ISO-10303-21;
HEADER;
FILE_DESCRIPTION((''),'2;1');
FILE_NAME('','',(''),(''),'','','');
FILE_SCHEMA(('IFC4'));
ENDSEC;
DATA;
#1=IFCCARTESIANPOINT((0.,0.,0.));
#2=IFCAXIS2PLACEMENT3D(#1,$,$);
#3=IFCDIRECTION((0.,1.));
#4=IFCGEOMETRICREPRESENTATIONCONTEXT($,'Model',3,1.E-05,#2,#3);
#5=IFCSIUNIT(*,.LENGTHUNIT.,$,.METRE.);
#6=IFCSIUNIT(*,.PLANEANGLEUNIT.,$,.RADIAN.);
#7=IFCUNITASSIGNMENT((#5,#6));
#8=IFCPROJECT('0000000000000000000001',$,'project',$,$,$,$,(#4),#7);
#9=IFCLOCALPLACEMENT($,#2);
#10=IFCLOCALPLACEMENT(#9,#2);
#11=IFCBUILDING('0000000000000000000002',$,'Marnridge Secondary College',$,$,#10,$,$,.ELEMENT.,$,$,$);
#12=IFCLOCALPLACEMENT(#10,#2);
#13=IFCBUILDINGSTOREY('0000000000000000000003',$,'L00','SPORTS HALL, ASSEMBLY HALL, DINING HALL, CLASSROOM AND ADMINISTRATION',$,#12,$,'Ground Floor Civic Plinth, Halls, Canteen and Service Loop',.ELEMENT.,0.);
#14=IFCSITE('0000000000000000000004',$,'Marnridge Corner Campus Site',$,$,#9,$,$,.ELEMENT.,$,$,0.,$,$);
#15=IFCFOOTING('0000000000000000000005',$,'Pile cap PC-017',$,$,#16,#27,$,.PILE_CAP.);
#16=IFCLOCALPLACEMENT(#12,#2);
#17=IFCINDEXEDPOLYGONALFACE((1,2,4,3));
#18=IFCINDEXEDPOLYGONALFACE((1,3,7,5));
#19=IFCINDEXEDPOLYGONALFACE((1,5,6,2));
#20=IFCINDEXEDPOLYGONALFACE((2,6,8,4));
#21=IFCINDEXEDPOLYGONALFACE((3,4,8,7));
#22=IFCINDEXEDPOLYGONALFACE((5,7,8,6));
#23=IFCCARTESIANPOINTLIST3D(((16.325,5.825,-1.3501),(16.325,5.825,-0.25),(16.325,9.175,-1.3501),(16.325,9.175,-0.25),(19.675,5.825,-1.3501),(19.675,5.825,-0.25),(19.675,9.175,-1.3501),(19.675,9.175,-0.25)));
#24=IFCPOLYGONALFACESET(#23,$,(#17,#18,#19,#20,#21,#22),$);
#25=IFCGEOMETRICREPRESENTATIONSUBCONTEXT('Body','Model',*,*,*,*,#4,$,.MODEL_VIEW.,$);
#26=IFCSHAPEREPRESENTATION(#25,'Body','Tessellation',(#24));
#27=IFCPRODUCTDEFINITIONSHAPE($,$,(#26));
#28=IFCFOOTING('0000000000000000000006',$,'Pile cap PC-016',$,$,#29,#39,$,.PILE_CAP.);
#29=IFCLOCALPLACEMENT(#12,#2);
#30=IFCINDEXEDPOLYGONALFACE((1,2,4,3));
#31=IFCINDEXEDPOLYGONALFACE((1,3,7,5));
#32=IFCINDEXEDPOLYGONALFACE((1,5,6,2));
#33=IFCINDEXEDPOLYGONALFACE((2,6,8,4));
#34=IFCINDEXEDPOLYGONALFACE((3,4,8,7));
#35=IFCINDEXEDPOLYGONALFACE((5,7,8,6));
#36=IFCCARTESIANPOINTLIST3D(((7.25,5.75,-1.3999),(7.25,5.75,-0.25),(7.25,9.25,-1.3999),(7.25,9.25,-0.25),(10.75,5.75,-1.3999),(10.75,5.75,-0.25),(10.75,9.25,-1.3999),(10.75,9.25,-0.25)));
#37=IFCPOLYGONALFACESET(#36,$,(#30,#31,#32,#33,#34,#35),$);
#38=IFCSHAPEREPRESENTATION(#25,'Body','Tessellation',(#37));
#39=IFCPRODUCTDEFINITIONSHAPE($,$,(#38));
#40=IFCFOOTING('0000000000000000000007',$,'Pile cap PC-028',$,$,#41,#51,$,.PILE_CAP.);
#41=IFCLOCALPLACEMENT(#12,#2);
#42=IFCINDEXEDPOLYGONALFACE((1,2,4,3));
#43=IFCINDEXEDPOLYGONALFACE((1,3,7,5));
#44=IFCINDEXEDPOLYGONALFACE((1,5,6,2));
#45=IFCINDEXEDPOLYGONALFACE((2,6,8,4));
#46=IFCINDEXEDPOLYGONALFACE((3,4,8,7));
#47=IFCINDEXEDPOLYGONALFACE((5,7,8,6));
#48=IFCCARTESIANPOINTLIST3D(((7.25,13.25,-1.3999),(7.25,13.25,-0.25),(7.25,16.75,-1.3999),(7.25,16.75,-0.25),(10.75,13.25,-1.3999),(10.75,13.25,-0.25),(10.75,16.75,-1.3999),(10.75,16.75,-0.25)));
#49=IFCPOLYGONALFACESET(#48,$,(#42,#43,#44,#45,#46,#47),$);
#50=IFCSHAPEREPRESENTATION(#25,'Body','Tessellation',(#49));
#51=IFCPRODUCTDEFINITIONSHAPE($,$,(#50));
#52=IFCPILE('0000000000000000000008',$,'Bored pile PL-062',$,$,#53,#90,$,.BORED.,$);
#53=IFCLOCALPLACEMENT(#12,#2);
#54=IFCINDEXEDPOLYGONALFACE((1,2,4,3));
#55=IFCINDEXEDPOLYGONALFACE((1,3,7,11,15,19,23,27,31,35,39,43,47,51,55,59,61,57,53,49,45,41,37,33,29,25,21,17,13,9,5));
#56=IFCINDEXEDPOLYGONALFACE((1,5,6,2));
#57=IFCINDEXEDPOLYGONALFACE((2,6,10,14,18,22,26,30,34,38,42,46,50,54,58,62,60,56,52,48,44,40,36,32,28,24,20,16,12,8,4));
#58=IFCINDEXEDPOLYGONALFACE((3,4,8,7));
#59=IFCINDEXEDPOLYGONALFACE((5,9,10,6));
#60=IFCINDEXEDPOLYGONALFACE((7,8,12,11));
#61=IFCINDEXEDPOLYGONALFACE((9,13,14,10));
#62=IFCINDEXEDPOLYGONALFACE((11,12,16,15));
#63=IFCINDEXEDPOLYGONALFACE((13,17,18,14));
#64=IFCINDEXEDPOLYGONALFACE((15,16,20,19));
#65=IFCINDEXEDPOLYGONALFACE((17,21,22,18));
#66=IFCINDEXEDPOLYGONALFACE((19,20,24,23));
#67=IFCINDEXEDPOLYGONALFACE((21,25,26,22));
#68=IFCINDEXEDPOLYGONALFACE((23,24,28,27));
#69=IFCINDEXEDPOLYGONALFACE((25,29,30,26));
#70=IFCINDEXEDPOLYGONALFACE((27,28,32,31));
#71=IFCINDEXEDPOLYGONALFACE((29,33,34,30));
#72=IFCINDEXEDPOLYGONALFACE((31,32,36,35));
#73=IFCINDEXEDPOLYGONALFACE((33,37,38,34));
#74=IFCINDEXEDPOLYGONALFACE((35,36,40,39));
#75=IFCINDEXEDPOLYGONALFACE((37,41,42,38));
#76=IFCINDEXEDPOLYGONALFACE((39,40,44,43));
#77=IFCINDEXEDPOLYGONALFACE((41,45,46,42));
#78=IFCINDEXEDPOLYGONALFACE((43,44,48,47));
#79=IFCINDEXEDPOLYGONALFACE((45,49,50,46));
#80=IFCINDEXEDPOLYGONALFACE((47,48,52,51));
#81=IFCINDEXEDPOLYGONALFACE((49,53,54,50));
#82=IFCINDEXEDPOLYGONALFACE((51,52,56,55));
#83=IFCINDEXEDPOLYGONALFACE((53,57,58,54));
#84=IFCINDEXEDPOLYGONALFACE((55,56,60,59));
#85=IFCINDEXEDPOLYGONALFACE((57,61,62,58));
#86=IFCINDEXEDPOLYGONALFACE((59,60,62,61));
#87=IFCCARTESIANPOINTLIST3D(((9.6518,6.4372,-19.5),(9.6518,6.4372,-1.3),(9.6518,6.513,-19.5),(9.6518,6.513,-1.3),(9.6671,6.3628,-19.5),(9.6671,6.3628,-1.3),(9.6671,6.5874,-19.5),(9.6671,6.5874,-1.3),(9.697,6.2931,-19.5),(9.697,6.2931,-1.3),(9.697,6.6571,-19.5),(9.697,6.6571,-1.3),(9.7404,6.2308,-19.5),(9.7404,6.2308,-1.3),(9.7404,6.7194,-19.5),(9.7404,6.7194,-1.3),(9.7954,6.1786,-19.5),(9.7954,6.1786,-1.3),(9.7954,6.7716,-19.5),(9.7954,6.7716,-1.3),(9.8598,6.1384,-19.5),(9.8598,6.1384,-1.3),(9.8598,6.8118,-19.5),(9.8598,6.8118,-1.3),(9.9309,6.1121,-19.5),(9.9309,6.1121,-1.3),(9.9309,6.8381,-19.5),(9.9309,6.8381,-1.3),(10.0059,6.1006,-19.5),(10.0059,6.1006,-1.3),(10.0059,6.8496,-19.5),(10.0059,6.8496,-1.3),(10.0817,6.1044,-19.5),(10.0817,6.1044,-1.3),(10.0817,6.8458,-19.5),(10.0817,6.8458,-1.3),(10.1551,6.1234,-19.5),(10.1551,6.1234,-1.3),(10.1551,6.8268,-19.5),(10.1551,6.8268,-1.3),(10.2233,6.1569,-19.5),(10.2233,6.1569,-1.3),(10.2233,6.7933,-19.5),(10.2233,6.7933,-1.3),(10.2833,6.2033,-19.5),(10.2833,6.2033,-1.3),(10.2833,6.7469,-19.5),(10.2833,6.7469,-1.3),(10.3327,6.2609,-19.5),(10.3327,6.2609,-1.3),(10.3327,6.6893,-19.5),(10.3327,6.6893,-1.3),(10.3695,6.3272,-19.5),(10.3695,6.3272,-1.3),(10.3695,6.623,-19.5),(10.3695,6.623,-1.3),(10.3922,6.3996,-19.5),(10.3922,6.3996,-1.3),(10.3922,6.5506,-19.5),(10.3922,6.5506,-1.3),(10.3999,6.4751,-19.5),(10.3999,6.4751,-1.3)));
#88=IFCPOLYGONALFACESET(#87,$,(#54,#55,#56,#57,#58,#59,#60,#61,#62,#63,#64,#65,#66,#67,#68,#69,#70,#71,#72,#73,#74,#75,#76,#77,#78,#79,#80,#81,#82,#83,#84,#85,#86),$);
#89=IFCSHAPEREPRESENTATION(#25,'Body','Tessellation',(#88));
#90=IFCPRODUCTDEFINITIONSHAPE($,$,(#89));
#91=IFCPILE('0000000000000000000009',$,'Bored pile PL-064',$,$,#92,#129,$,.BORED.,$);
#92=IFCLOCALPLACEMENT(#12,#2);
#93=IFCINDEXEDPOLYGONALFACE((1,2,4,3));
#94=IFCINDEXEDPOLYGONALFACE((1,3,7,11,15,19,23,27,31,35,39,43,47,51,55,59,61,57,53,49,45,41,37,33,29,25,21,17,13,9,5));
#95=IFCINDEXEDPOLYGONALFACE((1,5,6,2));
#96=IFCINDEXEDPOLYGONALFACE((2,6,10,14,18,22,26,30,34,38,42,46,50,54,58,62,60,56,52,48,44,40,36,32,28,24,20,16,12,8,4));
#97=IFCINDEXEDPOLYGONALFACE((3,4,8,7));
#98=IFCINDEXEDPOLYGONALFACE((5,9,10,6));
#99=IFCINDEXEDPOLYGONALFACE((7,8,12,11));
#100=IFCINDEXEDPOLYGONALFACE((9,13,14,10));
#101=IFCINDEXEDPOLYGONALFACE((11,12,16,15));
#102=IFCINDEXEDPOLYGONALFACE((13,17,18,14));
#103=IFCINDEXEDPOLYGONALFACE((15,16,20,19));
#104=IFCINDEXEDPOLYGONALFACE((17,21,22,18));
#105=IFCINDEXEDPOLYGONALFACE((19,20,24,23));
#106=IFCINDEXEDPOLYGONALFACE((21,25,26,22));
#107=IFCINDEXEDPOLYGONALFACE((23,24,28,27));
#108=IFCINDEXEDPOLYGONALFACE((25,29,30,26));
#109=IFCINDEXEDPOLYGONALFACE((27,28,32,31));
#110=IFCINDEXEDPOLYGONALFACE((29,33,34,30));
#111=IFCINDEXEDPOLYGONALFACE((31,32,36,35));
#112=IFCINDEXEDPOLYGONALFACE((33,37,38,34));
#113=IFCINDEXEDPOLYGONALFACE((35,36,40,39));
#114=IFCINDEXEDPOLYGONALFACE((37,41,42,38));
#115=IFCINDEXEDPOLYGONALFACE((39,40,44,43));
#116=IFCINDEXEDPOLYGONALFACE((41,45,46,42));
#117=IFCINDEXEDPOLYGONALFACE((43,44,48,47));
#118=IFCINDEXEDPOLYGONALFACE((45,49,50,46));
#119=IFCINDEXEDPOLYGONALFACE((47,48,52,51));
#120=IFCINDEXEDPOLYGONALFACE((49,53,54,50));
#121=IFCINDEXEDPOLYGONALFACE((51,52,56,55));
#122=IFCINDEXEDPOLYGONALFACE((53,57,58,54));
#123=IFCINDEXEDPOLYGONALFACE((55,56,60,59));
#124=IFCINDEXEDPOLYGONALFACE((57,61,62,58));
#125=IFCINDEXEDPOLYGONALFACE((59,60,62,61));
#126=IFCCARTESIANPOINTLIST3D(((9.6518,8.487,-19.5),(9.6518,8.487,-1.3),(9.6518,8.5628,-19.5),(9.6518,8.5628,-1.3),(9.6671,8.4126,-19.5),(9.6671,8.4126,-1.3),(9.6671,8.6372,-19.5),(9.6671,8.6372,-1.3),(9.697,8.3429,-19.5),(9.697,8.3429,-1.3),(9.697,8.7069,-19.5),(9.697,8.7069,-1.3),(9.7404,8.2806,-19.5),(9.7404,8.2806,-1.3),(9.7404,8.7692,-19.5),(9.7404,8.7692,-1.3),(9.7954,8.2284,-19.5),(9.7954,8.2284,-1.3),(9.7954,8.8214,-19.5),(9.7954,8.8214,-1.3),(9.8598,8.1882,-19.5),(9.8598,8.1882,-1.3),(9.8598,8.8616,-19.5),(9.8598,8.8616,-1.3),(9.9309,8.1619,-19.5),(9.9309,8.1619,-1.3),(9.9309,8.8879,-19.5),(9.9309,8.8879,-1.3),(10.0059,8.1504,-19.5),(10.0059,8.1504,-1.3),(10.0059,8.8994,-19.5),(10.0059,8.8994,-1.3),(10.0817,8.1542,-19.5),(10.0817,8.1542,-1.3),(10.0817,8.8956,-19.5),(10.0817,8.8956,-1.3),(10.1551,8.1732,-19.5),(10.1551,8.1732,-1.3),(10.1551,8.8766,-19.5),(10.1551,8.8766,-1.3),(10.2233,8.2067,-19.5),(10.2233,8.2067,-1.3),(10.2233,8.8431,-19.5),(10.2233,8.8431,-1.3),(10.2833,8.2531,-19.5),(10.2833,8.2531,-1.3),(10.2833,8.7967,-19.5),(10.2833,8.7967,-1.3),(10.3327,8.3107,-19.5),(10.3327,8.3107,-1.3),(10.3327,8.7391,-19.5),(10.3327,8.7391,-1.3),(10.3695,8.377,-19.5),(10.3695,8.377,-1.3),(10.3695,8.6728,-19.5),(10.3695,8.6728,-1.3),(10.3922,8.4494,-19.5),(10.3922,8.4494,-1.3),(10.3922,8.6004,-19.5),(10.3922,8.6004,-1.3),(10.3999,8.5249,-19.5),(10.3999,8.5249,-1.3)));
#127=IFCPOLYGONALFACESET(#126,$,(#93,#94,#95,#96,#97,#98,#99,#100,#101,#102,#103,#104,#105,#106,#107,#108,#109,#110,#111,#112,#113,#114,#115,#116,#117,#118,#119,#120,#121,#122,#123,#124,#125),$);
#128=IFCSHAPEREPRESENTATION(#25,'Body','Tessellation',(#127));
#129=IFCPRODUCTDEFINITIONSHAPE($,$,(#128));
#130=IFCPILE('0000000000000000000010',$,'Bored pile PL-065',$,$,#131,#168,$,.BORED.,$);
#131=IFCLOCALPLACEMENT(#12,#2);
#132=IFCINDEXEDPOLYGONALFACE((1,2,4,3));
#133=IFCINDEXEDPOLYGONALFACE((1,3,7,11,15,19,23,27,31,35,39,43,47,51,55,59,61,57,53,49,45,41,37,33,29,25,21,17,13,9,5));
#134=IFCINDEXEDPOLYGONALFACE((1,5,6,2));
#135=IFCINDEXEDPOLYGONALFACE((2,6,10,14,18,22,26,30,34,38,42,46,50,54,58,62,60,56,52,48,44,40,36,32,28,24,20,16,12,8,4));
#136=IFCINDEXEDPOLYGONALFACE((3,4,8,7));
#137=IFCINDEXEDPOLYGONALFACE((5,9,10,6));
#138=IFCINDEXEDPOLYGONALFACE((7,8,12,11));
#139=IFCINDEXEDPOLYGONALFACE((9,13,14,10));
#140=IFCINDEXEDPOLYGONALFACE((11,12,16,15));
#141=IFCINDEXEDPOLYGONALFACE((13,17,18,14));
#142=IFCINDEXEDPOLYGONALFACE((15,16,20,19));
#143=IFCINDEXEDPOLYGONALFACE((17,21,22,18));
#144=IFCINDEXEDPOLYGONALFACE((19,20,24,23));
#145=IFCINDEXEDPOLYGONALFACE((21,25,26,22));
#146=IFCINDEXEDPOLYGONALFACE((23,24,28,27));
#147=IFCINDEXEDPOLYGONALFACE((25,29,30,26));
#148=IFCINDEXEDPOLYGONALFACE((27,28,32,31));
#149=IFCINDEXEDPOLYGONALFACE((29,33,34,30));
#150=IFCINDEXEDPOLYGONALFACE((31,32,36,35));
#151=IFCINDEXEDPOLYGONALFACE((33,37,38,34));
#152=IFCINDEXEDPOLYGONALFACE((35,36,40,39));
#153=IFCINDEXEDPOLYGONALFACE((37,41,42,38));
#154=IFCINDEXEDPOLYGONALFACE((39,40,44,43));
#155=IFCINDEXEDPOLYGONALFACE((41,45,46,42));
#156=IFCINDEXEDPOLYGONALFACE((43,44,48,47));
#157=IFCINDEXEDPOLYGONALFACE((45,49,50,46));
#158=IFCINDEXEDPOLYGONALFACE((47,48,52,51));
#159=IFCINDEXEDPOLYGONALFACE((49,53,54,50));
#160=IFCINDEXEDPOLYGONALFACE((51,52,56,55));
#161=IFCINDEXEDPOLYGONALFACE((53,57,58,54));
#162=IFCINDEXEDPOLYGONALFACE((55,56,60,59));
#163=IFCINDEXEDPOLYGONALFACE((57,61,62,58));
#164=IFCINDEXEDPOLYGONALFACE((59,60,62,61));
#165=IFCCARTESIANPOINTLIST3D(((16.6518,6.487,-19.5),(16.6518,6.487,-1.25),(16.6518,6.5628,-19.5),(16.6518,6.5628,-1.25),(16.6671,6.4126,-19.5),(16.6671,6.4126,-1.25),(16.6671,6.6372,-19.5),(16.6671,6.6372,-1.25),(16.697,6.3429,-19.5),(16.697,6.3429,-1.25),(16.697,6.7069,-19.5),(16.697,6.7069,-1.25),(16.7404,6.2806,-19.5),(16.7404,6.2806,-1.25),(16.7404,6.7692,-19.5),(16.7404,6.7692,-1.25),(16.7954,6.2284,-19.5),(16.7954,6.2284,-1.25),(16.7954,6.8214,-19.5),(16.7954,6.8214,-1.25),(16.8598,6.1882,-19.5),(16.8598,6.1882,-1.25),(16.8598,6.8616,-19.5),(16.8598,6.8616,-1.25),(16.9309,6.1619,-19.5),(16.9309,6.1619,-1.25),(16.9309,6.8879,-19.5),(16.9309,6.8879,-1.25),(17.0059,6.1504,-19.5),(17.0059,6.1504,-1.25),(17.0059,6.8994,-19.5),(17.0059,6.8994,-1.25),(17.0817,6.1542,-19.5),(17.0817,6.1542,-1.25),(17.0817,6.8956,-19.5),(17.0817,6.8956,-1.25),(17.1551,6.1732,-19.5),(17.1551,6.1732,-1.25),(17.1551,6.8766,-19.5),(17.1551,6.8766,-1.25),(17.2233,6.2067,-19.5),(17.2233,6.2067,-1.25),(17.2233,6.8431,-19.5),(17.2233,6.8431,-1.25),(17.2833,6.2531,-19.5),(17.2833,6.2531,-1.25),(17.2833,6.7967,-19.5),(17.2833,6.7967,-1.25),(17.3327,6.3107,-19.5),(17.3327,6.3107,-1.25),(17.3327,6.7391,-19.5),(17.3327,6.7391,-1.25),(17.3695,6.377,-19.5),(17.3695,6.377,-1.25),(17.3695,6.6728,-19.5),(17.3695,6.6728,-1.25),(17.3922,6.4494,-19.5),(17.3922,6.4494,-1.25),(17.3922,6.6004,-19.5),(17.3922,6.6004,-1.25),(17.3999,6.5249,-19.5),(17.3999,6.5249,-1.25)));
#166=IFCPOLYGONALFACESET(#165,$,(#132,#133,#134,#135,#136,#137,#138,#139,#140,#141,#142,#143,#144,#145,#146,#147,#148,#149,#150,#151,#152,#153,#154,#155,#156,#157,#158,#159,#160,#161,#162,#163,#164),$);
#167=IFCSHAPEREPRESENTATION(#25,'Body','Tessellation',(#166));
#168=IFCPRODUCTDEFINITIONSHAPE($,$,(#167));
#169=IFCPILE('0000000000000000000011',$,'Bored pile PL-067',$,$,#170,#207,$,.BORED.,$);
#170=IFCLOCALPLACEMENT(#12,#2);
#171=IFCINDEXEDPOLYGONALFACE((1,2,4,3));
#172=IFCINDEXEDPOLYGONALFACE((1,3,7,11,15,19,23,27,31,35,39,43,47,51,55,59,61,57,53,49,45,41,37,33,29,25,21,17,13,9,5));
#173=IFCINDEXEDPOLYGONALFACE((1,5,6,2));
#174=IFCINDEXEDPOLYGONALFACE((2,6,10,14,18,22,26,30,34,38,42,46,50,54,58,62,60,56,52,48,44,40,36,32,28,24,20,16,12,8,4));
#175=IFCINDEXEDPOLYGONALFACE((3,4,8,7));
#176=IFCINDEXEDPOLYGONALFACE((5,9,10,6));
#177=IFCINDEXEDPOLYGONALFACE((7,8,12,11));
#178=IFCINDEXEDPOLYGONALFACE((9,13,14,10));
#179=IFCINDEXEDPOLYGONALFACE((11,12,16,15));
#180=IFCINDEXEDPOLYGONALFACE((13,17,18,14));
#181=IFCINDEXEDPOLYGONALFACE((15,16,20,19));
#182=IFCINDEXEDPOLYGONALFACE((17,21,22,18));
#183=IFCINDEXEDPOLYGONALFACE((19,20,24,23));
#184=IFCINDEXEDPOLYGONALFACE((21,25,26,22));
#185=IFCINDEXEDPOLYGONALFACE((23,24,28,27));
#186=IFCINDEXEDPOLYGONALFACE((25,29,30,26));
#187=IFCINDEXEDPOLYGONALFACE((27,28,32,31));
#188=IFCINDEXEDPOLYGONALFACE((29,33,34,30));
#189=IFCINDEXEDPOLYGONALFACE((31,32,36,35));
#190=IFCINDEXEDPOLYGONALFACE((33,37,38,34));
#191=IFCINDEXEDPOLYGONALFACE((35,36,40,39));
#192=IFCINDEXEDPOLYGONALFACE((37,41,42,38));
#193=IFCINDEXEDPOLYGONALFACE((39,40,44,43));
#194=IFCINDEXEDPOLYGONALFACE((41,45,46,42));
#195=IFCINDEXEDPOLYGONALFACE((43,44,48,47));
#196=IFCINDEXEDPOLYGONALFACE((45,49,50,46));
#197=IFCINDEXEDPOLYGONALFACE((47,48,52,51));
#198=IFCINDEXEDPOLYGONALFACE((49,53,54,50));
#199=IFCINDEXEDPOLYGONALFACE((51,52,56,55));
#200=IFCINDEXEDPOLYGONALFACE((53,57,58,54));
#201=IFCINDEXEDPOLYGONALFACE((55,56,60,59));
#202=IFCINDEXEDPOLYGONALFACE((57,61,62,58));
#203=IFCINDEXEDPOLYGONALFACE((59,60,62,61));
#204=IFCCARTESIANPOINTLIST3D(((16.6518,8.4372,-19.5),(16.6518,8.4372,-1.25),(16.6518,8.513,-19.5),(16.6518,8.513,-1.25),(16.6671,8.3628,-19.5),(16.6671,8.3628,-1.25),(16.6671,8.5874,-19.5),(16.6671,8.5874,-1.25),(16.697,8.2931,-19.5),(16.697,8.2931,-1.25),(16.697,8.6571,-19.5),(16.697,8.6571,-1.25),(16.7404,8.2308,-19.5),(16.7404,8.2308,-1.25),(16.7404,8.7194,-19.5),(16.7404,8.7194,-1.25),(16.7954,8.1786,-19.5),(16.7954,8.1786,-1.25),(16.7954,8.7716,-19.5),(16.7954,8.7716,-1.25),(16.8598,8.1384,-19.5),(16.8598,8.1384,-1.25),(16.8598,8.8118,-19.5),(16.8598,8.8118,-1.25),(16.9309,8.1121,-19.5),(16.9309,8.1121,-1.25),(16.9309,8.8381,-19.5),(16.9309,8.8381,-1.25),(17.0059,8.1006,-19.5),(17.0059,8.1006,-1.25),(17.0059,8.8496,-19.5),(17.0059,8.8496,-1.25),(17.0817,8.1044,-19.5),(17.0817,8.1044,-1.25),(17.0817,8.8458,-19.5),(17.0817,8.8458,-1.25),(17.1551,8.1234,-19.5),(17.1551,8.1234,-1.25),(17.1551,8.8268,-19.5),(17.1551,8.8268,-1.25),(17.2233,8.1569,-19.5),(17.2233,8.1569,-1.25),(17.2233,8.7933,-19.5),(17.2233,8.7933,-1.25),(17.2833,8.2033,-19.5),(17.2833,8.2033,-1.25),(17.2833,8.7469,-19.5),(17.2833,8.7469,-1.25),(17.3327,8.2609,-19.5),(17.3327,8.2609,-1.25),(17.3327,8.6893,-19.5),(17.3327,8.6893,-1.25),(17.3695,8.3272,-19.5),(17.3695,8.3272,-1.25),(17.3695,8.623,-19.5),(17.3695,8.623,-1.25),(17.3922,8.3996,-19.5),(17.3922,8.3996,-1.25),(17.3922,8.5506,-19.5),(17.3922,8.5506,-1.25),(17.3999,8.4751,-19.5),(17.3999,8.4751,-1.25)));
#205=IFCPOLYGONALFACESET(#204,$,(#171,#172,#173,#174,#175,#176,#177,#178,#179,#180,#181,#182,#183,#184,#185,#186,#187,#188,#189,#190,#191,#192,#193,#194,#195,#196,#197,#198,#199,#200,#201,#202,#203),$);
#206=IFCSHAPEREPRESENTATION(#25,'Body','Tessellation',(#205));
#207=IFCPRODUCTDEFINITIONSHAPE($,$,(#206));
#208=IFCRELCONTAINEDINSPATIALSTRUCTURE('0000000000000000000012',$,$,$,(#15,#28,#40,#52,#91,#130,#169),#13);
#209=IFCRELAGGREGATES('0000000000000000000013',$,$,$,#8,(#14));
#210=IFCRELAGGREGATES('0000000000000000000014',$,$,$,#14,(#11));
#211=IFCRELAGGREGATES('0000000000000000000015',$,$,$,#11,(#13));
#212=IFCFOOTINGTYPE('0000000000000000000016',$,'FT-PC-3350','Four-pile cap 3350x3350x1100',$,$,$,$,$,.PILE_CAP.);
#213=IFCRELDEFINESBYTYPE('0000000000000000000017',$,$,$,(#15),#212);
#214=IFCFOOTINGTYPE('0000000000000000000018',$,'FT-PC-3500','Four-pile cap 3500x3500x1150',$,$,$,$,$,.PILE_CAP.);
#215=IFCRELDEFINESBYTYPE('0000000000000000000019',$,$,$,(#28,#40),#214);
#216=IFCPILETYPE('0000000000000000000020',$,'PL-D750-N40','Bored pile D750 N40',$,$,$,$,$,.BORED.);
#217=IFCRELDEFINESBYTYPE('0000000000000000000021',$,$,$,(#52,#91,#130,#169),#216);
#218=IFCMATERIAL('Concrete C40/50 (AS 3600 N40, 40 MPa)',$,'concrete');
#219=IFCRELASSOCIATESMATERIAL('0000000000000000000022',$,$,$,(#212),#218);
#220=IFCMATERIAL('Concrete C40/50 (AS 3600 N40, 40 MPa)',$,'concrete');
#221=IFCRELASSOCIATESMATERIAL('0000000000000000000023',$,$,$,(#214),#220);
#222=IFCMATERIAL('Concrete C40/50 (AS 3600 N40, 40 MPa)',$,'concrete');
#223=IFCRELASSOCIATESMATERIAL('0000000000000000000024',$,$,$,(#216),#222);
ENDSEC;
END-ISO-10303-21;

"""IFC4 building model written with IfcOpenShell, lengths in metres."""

from ifc_helpers import new_model, si_unit, direction, frame, origin, origin_2d, place, context, subcontext, project, spatial, rectangle, circle, extrude, material, material_profile, profile_set, type_object, element, save


model = new_model("IFC4")

# Units and contexts
model_context = context("Model", 3, precision=1e-05, world=origin(), true_north=direction((0.0, 1.0)))
body_context = subcontext(model_context, "Body", "Model", "MODEL_VIEW")
ifc_project = project(units=[si_unit("LENGTHUNIT", "METRE"), si_unit("PLANEANGLEUNIT", "RADIAN")], contexts=[model_context])

# Site, building, storey
site_placement = place(None, origin())
site = spatial("IfcSite", under=ifc_project, at=site_placement, Name="Marnridge Corner Campus Site", CompositionType="ELEMENT", RefElevation=0.0)
building_placement = place(site_placement, origin())
building = spatial("IfcBuilding", under=site, at=building_placement, Name="Marnridge Secondary College", CompositionType="ELEMENT")
storey_placement = place(building_placement, origin())
storey = spatial("IfcBuildingStorey", under=building, at=storey_placement, Name="L00", Description="SPORTS HALL, ASSEMBLY HALL, DINING HALL, CLASSROOM AND ADMINISTRATION", LongName="Ground Floor Civic Plinth, Halls, Canteen and Service Loop", CompositionType="ELEMENT", Elevation=0.0)

# Footings
ifc_material_1 = material(Name="Concrete C40/50 (AS 3600 N40, 40 MPa)", Category="concrete")
footing_type_1 = type_object("IfcFootingType", Name="FT-PC-3350", Description="Four-pile cap 3350x3350x1100", PredefinedType="PILE_CAP", material=ifc_material_1)
footing_placement = place(storey_placement, frame((18.0, 7.5, -1.3501), z_axis=(0.0, 0.0, 1.0), x_axis=(1.0, 0.0, 0.0)))
element("IfcFooting", 1, at=footing_placement, inside=storey, type_object=footing_type_1, Name="Pile cap PC-017", PredefinedType="PILE_CAP", context=body_context, shape_type="SweptSolid", body=[
    extrude(rectangle(XDim=3.3501, YDim=3.3501, at=origin_2d()), origin(), (0.0, 0.0, 1.0), 1.1001),
])
ifc_material_2 = material(Name="Concrete C40/50 (AS 3600 N40, 40 MPa)", Category="concrete")
footing_type_2 = type_object("IfcFootingType", Name="FT-PC-3500", Description="Four-pile cap 3500x3500x1150", PredefinedType="PILE_CAP", material=ifc_material_2)
for number, where, z_axis, x_axis, name in (
    (2, (9.0, 7.5, -1.3999), (0.0, 0.0, 1.0), (1.0, 0.0, 0.0), "Pile cap PC-016"),
    (3, (9.0, 15.0, -1.3999), (0.0, 0.0, 1.0), (1.0, 0.0, 0.0), "Pile cap PC-028"),
):
    element("IfcFooting", number, at=place(storey_placement, frame(where, z_axis=z_axis, x_axis=x_axis)), inside=storey, type_object=footing_type_2, Name=name, PredefinedType="PILE_CAP", context=body_context, shape_type="SweptSolid", body=[
        extrude(rectangle(XDim=3.5, YDim=3.5, at=origin_2d()), origin(), (0.0, 0.0, 1.0), 1.1499),
    ])

# Piles
ifc_material_3 = material(Name="Concrete C40/50 (AS 3600 N40, 40 MPa)", Category="concrete")
ifc_material_profile_1 = material_profile(ifc_material_3, circle(Radius=0.375, at=origin_2d()), Name="PILE D750")
ifc_profile_set_1 = profile_set([ifc_material_profile_1], Name="Concrete C40/50 (AS 3600 N40, 40 MPa)")
pile_type = type_object("IfcPileType", Name="PL-D750-N40", Description="Bored pile D750 N40", PredefinedType="BORED", material=ifc_profile_set_1)
for number, where, z_axis, x_axis, name in (
    (4, (10.0249, 6.4751, -1.3), (0.0, 0.0, -1.0), (1.0, 0.0, 0.0), "Bored pile PL-062"),
    (5, (10.0249, 8.5249, -1.3), (0.0, 0.0, -1.0), (1.0, 0.0, 0.0), "Bored pile PL-064"),
):
    element("IfcPile", number, at=place(storey_placement, frame(where, z_axis=z_axis, x_axis=x_axis)), inside=storey, type_object=pile_type, Name=name, PredefinedType="BORED", context=body_context, shape_type="SweptSolid", body=[
        extrude(circle(Radius=0.375, at=origin_2d()), origin(), (0.0, 0.0, 1.0), 18.2),
    ])
for number, where, z_axis, x_axis, name in (
    (6, (17.0249, 6.5249, -1.25), (0.0, 0.0, -1.0), (1.0, 0.0, 0.0), "Bored pile PL-065"),
    (7, (17.0249, 8.4751, -1.25), (0.0, 0.0, -1.0), (1.0, 0.0, 0.0), "Bored pile PL-067"),
):
    element("IfcPile", number, at=place(storey_placement, frame(where, z_axis=z_axis, x_axis=x_axis)), inside=storey, type_object=pile_type, Name=name, PredefinedType="BORED", context=body_context, shape_type="SweptSolid", body=[
        extrude(circle(Radius=0.375, at=origin_2d()), origin(), (0.0, 0.0, 1.0), 18.25),
    ])

save(model, "model.ifc")
